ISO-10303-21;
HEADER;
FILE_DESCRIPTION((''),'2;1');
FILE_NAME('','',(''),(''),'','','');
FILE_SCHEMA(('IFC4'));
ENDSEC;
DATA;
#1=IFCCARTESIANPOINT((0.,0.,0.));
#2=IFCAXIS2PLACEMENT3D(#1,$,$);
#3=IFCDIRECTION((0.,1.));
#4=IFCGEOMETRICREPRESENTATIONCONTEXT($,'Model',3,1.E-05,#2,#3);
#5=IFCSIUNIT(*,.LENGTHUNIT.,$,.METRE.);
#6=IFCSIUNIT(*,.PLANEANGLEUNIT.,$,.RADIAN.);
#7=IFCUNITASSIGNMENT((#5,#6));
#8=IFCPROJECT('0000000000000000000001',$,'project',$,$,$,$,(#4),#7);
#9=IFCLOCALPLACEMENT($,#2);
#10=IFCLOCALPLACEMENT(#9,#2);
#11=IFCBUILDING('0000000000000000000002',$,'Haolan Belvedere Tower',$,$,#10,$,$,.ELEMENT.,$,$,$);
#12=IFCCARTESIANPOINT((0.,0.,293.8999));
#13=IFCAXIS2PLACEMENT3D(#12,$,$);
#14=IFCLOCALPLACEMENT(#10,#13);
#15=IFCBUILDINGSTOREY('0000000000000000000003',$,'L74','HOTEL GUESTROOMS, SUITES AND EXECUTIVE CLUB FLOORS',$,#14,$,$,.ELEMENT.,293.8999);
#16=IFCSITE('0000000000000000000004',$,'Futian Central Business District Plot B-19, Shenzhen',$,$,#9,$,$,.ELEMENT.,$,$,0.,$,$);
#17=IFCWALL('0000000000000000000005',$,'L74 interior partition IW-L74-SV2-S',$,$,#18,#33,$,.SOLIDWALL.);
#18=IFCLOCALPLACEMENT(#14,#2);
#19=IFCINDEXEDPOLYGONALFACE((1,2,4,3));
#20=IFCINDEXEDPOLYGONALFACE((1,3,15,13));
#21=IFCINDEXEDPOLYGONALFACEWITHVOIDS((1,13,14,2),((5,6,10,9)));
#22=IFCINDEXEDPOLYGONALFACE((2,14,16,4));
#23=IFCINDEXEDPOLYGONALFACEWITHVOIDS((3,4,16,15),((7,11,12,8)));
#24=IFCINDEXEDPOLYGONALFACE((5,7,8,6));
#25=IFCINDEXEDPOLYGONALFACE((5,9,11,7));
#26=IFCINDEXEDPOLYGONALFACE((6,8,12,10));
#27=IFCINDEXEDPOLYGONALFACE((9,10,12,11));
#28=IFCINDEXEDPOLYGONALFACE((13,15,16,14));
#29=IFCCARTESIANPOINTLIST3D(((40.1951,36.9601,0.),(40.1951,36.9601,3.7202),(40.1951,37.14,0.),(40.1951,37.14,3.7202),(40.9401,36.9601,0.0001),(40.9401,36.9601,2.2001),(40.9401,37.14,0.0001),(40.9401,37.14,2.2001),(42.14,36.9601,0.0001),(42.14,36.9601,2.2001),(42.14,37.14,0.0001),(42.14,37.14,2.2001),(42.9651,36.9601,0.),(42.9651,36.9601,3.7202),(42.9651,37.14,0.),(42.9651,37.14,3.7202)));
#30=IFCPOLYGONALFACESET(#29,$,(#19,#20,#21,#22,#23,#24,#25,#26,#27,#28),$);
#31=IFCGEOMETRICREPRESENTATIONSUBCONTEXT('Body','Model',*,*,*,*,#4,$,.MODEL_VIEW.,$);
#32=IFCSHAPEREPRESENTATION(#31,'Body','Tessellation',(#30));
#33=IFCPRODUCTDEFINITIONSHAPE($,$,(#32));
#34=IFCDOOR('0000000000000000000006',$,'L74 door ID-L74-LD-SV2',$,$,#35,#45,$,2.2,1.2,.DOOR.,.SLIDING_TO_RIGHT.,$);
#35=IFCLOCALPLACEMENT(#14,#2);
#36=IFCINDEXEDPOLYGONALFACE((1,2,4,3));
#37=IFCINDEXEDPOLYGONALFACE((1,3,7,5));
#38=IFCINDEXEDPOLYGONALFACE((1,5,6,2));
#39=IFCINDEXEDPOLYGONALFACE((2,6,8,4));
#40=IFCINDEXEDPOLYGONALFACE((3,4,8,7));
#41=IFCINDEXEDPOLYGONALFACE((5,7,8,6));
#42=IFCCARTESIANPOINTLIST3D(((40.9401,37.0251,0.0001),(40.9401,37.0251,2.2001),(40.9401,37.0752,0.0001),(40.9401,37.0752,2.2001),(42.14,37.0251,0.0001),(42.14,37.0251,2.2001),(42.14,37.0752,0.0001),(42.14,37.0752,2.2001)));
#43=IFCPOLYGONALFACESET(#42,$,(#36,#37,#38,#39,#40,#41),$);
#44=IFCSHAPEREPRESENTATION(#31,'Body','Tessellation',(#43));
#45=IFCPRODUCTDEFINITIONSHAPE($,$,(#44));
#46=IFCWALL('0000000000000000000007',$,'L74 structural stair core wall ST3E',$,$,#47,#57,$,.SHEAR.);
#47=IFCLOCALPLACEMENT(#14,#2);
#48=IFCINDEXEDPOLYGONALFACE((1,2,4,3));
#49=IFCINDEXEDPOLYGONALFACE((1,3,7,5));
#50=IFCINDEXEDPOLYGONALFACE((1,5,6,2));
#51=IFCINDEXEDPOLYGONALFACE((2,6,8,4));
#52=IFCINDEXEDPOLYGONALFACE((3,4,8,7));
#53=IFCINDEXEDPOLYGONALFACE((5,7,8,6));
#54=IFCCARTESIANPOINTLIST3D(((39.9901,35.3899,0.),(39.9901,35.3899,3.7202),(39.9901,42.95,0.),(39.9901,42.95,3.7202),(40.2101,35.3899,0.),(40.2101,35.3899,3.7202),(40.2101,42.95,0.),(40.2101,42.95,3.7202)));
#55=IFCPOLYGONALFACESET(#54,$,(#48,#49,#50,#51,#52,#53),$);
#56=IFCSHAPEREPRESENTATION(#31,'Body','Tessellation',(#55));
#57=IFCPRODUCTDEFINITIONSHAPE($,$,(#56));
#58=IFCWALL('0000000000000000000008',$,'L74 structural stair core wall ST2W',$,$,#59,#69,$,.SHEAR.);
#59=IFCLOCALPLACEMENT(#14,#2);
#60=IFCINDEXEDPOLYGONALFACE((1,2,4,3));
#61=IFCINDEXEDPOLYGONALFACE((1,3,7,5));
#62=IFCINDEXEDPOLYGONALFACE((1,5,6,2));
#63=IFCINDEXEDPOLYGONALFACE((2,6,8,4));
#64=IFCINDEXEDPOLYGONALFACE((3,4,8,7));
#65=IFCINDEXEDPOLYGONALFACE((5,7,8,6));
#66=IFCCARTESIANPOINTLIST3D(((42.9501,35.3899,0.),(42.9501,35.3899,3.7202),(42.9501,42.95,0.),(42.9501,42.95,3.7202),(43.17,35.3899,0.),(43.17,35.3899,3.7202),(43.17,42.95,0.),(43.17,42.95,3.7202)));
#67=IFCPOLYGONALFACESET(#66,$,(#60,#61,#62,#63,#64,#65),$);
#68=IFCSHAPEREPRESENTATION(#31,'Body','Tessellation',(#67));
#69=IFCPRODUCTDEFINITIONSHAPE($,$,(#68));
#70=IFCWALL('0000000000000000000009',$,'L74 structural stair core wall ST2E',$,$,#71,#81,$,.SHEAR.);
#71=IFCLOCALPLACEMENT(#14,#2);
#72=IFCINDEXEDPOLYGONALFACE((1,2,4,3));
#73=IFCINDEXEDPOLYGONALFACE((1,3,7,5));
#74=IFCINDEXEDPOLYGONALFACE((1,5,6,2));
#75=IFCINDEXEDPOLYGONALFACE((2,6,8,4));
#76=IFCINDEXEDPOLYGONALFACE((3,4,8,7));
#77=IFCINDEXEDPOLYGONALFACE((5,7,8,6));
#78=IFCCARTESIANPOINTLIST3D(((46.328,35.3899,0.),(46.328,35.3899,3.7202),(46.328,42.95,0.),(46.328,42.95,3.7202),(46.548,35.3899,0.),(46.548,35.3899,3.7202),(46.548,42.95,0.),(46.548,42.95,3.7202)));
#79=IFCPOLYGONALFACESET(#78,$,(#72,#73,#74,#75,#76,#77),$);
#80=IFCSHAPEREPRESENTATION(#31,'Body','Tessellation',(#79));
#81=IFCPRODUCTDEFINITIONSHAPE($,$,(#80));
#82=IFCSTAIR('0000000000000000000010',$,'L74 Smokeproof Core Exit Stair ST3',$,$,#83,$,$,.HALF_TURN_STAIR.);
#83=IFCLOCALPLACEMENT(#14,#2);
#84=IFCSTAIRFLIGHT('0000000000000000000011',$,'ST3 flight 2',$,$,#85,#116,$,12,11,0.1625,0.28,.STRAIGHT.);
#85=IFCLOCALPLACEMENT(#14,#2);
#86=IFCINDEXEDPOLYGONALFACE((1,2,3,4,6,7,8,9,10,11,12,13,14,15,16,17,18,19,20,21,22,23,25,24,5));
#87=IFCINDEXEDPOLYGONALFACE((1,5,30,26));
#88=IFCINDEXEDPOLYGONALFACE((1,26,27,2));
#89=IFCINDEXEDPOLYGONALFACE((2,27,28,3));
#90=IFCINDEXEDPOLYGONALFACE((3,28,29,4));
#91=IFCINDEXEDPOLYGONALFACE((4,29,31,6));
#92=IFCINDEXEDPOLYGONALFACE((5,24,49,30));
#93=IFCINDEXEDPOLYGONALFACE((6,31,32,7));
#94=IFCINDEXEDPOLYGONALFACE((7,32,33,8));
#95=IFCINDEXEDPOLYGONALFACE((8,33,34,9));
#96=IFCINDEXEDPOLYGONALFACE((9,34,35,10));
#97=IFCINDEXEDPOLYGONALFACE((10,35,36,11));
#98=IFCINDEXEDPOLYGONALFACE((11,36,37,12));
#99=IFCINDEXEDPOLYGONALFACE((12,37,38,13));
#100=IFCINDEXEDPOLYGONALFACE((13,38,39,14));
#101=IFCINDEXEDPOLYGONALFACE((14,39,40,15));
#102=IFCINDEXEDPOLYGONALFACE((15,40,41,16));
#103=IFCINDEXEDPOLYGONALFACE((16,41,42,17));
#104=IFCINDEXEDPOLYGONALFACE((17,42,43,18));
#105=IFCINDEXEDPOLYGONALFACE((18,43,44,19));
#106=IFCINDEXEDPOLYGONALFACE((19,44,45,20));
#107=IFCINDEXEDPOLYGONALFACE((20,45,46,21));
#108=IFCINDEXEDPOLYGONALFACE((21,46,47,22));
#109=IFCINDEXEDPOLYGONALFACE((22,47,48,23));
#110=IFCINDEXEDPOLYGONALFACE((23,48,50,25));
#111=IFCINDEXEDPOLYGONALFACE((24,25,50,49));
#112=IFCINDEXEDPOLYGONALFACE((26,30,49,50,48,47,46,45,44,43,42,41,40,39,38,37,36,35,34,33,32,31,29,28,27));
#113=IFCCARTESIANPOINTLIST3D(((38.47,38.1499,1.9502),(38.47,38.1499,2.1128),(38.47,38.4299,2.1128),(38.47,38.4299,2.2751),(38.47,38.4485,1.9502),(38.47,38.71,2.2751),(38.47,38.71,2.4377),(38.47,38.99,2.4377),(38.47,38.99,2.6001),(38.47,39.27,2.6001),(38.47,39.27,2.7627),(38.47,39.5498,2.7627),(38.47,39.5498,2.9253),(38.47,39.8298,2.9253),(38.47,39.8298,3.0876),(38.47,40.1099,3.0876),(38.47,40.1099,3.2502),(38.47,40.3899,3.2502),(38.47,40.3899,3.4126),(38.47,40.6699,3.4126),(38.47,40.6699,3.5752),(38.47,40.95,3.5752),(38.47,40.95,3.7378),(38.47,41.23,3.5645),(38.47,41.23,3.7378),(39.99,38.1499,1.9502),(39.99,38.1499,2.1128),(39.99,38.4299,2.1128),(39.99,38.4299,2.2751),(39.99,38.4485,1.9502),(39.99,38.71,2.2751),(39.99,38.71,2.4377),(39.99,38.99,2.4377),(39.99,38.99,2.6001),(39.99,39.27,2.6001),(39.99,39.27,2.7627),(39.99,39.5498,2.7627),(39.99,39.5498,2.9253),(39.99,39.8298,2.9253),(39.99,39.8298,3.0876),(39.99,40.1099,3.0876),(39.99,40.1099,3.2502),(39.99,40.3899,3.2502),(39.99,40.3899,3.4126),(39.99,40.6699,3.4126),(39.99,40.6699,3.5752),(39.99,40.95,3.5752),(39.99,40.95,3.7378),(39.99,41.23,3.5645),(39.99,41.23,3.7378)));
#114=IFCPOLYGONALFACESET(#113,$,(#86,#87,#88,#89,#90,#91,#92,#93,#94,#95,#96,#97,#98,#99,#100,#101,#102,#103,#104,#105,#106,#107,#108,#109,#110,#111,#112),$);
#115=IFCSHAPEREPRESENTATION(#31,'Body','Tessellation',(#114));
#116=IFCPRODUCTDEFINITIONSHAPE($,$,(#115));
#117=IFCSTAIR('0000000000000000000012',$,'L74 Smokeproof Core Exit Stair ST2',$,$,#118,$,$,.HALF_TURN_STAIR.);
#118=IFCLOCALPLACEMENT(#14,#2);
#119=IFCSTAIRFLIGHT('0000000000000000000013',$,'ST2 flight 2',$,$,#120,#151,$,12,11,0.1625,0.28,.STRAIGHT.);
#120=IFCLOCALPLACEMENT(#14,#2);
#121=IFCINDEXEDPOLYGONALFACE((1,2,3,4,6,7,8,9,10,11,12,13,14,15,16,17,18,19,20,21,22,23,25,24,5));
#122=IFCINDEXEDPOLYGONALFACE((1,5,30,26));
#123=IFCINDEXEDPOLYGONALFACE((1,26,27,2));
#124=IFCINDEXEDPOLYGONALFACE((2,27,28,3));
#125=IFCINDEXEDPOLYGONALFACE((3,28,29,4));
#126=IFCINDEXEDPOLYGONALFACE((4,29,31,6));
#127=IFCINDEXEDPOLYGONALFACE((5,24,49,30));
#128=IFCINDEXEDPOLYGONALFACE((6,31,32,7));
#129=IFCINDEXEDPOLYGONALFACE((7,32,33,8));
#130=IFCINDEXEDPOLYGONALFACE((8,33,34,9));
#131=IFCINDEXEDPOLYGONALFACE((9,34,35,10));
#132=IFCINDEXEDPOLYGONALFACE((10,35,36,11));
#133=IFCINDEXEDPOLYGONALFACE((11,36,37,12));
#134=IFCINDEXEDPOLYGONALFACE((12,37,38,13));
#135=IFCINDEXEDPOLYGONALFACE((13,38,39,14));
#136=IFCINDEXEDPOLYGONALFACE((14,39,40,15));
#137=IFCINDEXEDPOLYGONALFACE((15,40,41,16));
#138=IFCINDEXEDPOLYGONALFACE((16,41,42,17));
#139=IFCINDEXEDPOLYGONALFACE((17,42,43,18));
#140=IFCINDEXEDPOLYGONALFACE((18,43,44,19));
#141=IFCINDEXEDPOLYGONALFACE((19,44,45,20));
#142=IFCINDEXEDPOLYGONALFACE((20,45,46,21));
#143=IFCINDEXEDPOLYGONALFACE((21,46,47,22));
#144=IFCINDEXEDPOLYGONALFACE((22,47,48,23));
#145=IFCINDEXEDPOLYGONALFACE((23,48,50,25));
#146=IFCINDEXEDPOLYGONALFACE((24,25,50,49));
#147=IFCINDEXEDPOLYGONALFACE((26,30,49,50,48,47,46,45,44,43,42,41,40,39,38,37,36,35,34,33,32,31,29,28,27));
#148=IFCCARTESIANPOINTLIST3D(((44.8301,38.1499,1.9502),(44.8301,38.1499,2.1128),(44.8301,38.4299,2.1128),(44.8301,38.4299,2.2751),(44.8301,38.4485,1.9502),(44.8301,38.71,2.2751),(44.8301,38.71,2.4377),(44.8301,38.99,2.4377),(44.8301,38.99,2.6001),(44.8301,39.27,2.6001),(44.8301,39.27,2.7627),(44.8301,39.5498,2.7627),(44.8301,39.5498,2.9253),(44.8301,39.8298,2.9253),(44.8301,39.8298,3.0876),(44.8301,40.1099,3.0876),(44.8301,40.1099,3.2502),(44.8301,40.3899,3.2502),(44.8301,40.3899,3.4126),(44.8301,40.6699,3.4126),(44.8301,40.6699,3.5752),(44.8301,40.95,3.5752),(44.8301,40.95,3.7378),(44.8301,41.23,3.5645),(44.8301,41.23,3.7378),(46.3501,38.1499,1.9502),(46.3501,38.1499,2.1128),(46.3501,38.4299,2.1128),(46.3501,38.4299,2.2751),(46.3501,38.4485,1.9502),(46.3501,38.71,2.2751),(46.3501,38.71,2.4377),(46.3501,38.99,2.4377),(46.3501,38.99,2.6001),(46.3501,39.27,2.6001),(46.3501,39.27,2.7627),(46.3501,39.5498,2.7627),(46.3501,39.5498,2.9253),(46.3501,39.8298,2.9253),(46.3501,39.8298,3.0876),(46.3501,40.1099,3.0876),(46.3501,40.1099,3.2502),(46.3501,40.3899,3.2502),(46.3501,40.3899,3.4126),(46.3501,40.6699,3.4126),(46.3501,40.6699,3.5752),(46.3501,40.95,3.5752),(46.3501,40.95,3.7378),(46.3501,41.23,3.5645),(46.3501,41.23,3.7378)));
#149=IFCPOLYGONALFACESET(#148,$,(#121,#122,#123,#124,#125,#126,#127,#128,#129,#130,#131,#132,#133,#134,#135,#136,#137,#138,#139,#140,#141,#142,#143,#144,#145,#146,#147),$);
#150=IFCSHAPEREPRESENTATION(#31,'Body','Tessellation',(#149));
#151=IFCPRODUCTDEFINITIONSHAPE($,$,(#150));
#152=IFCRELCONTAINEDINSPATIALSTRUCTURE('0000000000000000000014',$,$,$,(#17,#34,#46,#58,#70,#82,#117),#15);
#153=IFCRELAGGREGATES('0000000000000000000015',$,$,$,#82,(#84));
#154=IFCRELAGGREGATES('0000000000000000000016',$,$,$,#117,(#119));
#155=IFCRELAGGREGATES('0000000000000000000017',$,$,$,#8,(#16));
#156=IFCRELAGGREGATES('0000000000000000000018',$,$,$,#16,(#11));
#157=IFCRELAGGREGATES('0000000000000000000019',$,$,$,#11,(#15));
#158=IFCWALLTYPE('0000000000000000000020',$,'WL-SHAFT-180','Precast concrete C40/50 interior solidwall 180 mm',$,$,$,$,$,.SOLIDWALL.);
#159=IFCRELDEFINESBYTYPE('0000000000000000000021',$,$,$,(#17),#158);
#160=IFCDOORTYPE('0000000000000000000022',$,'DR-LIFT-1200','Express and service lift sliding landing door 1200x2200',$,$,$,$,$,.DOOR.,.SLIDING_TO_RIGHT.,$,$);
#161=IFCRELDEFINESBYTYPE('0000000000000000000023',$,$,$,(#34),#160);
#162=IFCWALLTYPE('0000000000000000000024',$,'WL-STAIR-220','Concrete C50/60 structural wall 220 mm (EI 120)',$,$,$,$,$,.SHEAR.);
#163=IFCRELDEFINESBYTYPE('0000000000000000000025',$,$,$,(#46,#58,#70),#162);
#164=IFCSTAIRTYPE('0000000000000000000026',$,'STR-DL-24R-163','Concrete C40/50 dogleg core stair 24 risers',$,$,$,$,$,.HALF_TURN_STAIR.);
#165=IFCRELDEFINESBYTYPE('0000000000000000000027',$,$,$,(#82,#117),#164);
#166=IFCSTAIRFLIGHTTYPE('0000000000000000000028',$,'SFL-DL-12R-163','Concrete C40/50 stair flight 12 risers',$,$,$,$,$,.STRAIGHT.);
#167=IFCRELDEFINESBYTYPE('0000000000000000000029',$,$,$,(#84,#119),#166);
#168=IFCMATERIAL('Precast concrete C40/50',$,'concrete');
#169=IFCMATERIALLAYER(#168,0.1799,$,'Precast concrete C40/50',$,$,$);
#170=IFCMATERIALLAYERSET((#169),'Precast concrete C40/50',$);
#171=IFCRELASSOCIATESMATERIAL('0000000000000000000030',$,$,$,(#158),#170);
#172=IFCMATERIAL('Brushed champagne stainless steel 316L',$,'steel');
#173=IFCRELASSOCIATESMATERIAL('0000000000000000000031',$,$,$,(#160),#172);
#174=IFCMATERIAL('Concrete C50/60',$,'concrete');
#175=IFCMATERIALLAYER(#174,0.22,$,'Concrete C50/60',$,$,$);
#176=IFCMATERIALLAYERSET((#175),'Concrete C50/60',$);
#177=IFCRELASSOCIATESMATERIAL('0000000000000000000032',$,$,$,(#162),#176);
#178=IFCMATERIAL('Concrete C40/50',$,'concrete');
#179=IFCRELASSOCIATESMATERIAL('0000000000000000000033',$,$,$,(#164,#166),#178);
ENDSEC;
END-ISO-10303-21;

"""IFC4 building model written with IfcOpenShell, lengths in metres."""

from ifc_helpers import new_model, si_unit, direction, frame, frame_2d, origin, place, context, subcontext, project, spatial, polyline, rectangle, outline, extrude, material, layer, layer_set, type_object, element, fill, aggregate, save


model = new_model("IFC4")

# Units and contexts
model_context = context("Model", 3, precision=1e-05, world=origin(), true_north=direction((0.0, 1.0)))
body_context = subcontext(model_context, "Body", "Model", "MODEL_VIEW")
ifc_project = project(units=[si_unit("LENGTHUNIT", "METRE"), si_unit("PLANEANGLEUNIT", "RADIAN")], contexts=[model_context])

# Site, building, storey
site_placement = place(None, origin())
site = spatial("IfcSite", under=ifc_project, at=site_placement, Name="Futian Central Business District Plot B-19, Shenzhen", CompositionType="ELEMENT", RefElevation=0.0)
building_placement = place(site_placement, origin())
building = spatial("IfcBuilding", under=site, at=building_placement, Name="Haolan Belvedere Tower", CompositionType="ELEMENT")
storey_placement = place(building_placement, frame((0.0, 0.0, 293.8999)))
storey = spatial("IfcBuildingStorey", under=building, at=storey_placement, Name="L74", Description="HOTEL GUESTROOMS, SUITES AND EXECUTIVE CLUB FLOORS", CompositionType="ELEMENT", Elevation=293.8999)

# Shared definitions
ifc_material_1 = material(Name="Concrete C50/60", Category="concrete")

# Shared definitions
ifc_material_2 = material(Name="Precast concrete C40/50", Category="concrete")

# Shared definitions
ifc_material_3 = material(Name="Brushed champagne stainless steel 316L", Category="steel")

# Wall, opening, door
ifc_layer_1 = layer(ifc_material_2, 0.1799, Name="Precast concrete C40/50")
ifc_layer_set_1 = layer_set([ifc_layer_1], Name="Precast concrete C40/50")
wall_type_1 = type_object("IfcWallType", Name="WL-SHAFT-180", Description="Precast concrete C40/50 interior solidwall 180 mm", PredefinedType="SOLIDWALL", material=ifc_layer_set_1)
wall_1_placement = place(storey_placement, frame((40.1951, 37.05, 0.0), z_axis=(0.0, 0.0, 1.0), x_axis=(1.0, 0.0, 0.0)))
wall_1 = element("IfcWall", 1, at=wall_1_placement, inside=storey, type_object=wall_type_1, Name="L74 interior partition IW-L74-SV2-S", PredefinedType="SOLIDWALL", context=body_context, shape_type="SweptSolid", body=[
    extrude(rectangle(XDim=2.77, YDim=0.1799, at=frame_2d((1.385, 0.0))), origin(), (0.0, 0.0, 1.0), 3.7202),
])
opening_1_placement = place(wall_1_placement, frame((1.9451, 0.0, 0.0), z_axis=(0.0, 0.0, 1.0), x_axis=(-1.0, 0.0, 0.0)))
opening_1 = element("IfcOpeningElement", 2, at=opening_1_placement, cuts=wall_1, PredefinedType="OPENING", context=body_context, shape_type="SweptSolid", body=[
    extrude(rectangle(XDim=1.2, YDim=2.2, at=frame_2d((0.6001, 1.1001))), frame((0.0, 0.0999, 0.0), z_axis=(0.0, -1.0, 0.0), x_axis=(1.0, 0.0, 0.0)), (0.0, 0.0, 1.0), 0.2),
])
door_type_1 = type_object("IfcDoorType", Name="DR-LIFT-1200", Description="Express and service lift sliding landing door 1200x2200", OperationType="SLIDING_TO_RIGHT", PredefinedType="DOOR", material=ifc_material_3)
door_1_placement = place(opening_1_placement, origin())
door_1 = element("IfcDoor", 3, at=door_1_placement, inside=storey, type_object=door_type_1, Name="L74 door ID-L74-LD-SV2", OperationType="SLIDING_TO_RIGHT", OverallHeight=2.2, OverallWidth=1.2, PredefinedType="DOOR", context=body_context, shape_type="SweptSolid", body=[
    extrude(rectangle(XDim=1.2, YDim=2.2, at=frame_2d((0.6001, 1.1001))), frame((0.0, 0.0249, 0.0), z_axis=(0.0, -1.0, 0.0), x_axis=(1.0, 0.0, 0.0)), (0.0, 0.0, 1.0), 0.05),
])
fill(opening_1, door_1)

# Walls
ifc_layer_2 = layer(ifc_material_1, 0.22, Name="Concrete C50/60")
ifc_layer_set_2 = layer_set([ifc_layer_2], Name="Concrete C50/60")
wall_type_2 = type_object("IfcWallType", Name="WL-STAIR-220", Description="Concrete C50/60 structural wall 220 mm (EI 120)", PredefinedType="SHEAR", material=ifc_layer_set_2)
for number, where, z_axis, x_axis, name in (
    (4, (40.1001, 35.3899, 0.0), (0.0, 0.0, 1.0), (0.0, 1.0, 0.0), "L74 structural stair core wall ST3E"),
    (5, (43.0601, 35.3899, 0.0), (0.0, 0.0, 1.0), (0.0, 1.0, 0.0), "L74 structural stair core wall ST2W"),
    (6, (46.438, 35.3899, 0.0), (0.0, 0.0, 1.0), (0.0, 1.0, 0.0), "L74 structural stair core wall ST2E"),
):
    element("IfcWall", number, at=place(storey_placement, frame(where, z_axis=z_axis, x_axis=x_axis)), inside=storey, type_object=wall_type_2, Name=name, PredefinedType="SHEAR", context=body_context, shape_type="SweptSolid", body=[
        extrude(rectangle(XDim=7.5601, YDim=0.22, at=frame_2d((3.78, 0.0))), origin(), (0.0, 0.0, 1.0), 3.7202),
    ])

# Stairs, stair flights
ifc_material_4 = material(Name="Concrete C40/50", Category="concrete")
stair_type = type_object("IfcStairType", Name="STR-DL-24R-163", Description="Concrete C40/50 dogleg core stair 24 risers", PredefinedType="HALF_TURN_STAIR", material=ifc_material_4)
stair_1_placement = place(storey_placement, origin())
stair_1 = element("IfcStair", 7, at=stair_1_placement, inside=storey, type_object=stair_type, Name="L74 Smokeproof Core Exit Stair ST3", PredefinedType="HALF_TURN_STAIR")
stair_flight_type = type_object("IfcStairFlightType", Name="SFL-DL-12R-163", Description="Concrete C40/50 stair flight 12 risers", PredefinedType="STRAIGHT", material=ifc_material_4)
stair_flight_1_placement = place(storey_placement, frame((39.23, 38.1499, 1.9502), z_axis=(0.0, 0.0, 1.0), x_axis=(0.0, 1.0, 0.0)))
stair_flight_1 = element("IfcStairFlight", 8, at=stair_flight_1_placement, type_object=stair_flight_type, Name="ST3 flight 2", NumberOfRisers=12, NumberOfTreads=11, PredefinedType="STRAIGHT", RiserHeight=0.1625, TreadLength=0.28, context=body_context, shape_type="SweptSolid", body=[
    extrude(outline(polyline([(0.0, 0.0), (0.0, 0.1626), (0.28, 0.1626), (0.28, 0.325), (0.5601, 0.325), (0.5601, 0.4875), (0.8401, 0.4875), (0.8401, 0.6499), (1.1201, 0.6499), (1.1201, 0.8125), (1.3999, 0.8125), (1.3999, 0.9751), (1.6799, 0.9751), (1.6799, 1.1375), (1.96, 1.1375), (1.96, 1.3), (2.24, 1.3), (2.24, 1.4624), (2.52, 1.4624), (2.52, 1.625), (2.8, 1.625), (2.8, 1.7876), (3.0801, 1.7876), (3.0801, 1.95), (3.0801, 1.6143), (0.2986, 0.0), (0.0, 0.0)])), frame((0.0, 0.76, 0.0), z_axis=(0.0, -1.0, 0.0), x_axis=(1.0, 0.0, 0.0)), (0.0, 0.0, 1.0), 1.52),
])
aggregate(stair_1, [stair_flight_1])
stair_2_placement = place(storey_placement, origin())
stair_2 = element("IfcStair", 9, at=stair_2_placement, inside=storey, type_object=stair_type, Name="L74 Smokeproof Core Exit Stair ST2", PredefinedType="HALF_TURN_STAIR")
stair_flight_2_placement = place(storey_placement, frame((45.5901, 38.1499, 1.9502), z_axis=(0.0, 0.0, 1.0), x_axis=(0.0, 1.0, 0.0)))
stair_flight_2 = element("IfcStairFlight", 10, at=stair_flight_2_placement, type_object=stair_flight_type, Name="ST2 flight 2", NumberOfRisers=12, NumberOfTreads=11, PredefinedType="STRAIGHT", RiserHeight=0.1625, TreadLength=0.28, context=body_context, shape_type="SweptSolid", body=[
    extrude(outline(polyline([(0.0, 0.0), (0.0, 0.1626), (0.28, 0.1626), (0.28, 0.325), (0.5601, 0.325), (0.5601, 0.4875), (0.8401, 0.4875), (0.8401, 0.6499), (1.1201, 0.6499), (1.1201, 0.8125), (1.3999, 0.8125), (1.3999, 0.9751), (1.6799, 0.9751), (1.6799, 1.1375), (1.96, 1.1375), (1.96, 1.3), (2.24, 1.3), (2.24, 1.4624), (2.52, 1.4624), (2.52, 1.625), (2.8, 1.625), (2.8, 1.7876), (3.0801, 1.7876), (3.0801, 1.95), (3.0801, 1.6143), (0.2986, 0.0), (0.0, 0.0)])), frame((0.0, 0.76, 0.0), z_axis=(0.0, -1.0, 0.0), x_axis=(1.0, 0.0, 0.0)), (0.0, 0.0, 1.0), 1.52),
])
aggregate(stair_2, [stair_flight_2])

save(model, "model.ifc")
